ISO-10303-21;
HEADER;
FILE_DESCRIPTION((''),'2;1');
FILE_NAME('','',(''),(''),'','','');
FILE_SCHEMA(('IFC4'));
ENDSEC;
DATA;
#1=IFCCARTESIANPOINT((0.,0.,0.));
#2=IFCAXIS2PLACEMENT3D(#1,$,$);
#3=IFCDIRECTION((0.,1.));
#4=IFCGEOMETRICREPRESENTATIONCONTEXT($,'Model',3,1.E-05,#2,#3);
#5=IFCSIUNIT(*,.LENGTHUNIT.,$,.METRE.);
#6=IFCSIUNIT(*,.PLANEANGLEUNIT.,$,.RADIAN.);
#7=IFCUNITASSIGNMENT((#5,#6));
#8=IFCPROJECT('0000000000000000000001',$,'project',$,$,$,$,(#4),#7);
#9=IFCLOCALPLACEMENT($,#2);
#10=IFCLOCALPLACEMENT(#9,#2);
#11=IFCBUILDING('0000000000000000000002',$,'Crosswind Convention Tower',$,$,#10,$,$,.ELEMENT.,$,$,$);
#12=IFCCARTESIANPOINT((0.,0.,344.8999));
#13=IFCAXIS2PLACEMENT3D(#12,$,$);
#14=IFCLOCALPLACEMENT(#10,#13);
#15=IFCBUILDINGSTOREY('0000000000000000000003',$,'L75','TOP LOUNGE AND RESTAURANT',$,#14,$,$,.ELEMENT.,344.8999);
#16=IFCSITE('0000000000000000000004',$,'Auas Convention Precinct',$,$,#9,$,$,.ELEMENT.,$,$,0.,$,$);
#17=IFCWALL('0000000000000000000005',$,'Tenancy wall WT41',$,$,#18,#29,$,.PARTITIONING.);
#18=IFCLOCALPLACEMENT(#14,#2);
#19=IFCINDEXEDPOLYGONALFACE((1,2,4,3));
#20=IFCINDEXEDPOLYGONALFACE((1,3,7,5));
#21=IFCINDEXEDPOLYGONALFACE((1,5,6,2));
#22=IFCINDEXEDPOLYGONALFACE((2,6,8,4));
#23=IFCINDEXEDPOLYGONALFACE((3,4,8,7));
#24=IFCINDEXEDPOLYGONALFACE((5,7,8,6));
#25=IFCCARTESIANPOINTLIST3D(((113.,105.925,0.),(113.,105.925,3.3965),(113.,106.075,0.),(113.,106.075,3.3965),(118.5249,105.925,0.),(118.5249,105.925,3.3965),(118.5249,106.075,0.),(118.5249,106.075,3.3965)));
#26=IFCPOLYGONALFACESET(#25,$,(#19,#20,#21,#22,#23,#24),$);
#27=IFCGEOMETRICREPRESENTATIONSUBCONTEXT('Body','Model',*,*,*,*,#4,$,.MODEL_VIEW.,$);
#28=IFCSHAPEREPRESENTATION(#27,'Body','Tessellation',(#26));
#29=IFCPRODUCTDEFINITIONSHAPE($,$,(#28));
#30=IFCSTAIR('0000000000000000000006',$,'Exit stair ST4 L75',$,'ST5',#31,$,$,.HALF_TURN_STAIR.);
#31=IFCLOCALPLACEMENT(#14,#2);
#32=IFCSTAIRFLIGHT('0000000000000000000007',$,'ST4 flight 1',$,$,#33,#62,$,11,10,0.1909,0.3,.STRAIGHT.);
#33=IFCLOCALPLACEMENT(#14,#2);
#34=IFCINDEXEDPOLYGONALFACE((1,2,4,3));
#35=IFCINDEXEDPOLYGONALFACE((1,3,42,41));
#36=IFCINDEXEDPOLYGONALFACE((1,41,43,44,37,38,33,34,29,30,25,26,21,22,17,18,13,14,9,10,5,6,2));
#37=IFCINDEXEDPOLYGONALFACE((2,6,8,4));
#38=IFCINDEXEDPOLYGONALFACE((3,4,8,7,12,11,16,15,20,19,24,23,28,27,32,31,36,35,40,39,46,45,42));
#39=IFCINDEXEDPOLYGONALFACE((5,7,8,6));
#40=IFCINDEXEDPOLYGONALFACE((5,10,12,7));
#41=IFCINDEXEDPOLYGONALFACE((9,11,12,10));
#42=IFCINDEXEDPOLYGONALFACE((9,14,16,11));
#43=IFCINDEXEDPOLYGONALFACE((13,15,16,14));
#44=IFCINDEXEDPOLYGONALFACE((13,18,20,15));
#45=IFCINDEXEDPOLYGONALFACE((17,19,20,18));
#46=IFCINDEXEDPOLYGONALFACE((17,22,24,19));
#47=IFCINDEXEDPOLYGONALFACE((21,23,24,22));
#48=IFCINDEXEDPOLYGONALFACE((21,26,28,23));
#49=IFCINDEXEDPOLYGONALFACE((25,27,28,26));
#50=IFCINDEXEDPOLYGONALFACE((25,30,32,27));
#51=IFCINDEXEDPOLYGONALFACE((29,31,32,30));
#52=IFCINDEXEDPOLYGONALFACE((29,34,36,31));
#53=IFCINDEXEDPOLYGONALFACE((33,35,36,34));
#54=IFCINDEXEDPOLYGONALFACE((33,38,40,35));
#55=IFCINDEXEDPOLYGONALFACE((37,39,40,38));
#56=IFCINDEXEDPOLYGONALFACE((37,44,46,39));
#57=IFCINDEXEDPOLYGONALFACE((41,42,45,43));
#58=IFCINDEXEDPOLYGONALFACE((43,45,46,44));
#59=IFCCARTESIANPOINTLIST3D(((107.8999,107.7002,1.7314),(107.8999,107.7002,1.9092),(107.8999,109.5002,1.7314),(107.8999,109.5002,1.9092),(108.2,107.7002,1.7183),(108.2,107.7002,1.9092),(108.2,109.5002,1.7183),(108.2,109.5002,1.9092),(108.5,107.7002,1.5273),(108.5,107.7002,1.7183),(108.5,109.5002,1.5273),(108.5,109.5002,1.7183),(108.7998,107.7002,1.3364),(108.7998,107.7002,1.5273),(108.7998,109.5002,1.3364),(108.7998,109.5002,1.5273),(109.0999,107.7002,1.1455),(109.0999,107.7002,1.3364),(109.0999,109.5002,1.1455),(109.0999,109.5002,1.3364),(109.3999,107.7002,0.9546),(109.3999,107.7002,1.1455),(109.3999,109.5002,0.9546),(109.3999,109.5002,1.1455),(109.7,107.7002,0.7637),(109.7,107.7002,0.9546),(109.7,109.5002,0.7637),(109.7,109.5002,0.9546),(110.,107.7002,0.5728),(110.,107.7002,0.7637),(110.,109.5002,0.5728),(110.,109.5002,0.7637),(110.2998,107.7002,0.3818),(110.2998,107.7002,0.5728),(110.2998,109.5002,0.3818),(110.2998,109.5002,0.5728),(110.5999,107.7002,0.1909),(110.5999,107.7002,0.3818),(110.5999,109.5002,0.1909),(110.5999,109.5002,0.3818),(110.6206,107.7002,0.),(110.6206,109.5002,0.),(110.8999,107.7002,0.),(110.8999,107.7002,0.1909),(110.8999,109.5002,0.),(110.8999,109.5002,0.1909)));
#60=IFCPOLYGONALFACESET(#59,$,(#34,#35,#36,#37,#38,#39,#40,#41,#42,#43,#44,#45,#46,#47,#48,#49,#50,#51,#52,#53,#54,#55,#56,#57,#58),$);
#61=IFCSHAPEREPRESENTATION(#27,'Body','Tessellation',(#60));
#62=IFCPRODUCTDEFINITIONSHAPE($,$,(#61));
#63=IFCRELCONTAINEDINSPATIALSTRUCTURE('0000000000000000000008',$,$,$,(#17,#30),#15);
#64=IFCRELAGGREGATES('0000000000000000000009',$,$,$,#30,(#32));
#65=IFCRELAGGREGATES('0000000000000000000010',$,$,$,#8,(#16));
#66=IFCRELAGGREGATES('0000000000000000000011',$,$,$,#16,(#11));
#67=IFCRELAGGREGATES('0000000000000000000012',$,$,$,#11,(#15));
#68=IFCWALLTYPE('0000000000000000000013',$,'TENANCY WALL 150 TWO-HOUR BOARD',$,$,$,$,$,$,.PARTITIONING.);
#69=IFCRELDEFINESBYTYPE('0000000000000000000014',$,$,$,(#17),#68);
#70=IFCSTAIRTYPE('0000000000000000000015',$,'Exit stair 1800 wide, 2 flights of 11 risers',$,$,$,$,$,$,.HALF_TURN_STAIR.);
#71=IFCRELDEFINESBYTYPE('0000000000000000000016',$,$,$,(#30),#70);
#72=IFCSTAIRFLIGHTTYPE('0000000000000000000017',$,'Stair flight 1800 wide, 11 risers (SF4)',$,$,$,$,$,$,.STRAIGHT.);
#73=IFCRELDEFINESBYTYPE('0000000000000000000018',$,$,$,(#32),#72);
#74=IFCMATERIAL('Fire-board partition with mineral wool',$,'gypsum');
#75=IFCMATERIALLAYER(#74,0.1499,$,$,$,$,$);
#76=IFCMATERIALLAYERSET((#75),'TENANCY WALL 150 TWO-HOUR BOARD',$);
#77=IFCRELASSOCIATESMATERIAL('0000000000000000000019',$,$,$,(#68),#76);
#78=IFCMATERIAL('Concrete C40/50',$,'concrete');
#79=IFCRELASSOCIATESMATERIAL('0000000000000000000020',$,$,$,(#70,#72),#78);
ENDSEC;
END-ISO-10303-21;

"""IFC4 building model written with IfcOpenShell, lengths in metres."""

from ifc_helpers import new_model, si_unit, direction, frame, frame_2d, origin, place, context, subcontext, project, spatial, polyline, rectangle, outline, extrude, material, layer, layer_set, type_object, element, aggregate, save


model = new_model("IFC4")

# Units and contexts
model_context = context("Model", 3, precision=1e-05, world=origin(), true_north=direction((0.0, 1.0)))
body_context = subcontext(model_context, "Body", "Model", "MODEL_VIEW")
ifc_project = project(units=[si_unit("LENGTHUNIT", "METRE"), si_unit("PLANEANGLEUNIT", "RADIAN")], contexts=[model_context])

# Site, building, storey
site_placement = place(None, origin())
site = spatial("IfcSite", under=ifc_project, at=site_placement, Name="Auas Convention Precinct", CompositionType="ELEMENT", RefElevation=0.0)
building_placement = place(site_placement, origin())
building = spatial("IfcBuilding", under=site, at=building_placement, Name="Crosswind Convention Tower", CompositionType="ELEMENT")
storey_placement = place(building_placement, frame((0.0, 0.0, 344.8999)))
storey = spatial("IfcBuildingStorey", under=building, at=storey_placement, Name="L75", Description="TOP LOUNGE AND RESTAURANT", CompositionType="ELEMENT", Elevation=344.8999)

# Shared definitions
ifc_material_1 = material(Name="Fire-board partition with mineral wool", Category="gypsum")
ifc_layer_1 = layer(ifc_material_1, 0.1499)
ifc_layer_set_1 = layer_set([ifc_layer_1], Name="TENANCY WALL 150 TWO-HOUR BOARD")
wall_type_1 = type_object("IfcWallType", Name="TENANCY WALL 150 TWO-HOUR BOARD", PredefinedType="PARTITIONING", material=ifc_layer_set_1)

# Wall
wall_1_placement = place(storey_placement, frame((113.0, 106.0, 0.0), z_axis=(0.0, 0.0, 1.0), x_axis=(1.0, 0.0, 0.0)))
element("IfcWall", 1, at=wall_1_placement, inside=storey, type_object=wall_type_1, Name="Tenancy wall WT41", PredefinedType="PARTITIONING", context=body_context, shape_type="SweptSolid", body=[
    extrude(rectangle(XDim=5.5249, YDim=0.1499, at=frame_2d((2.7625, 0.0))), origin(), (0.0, 0.0, 1.0), 3.3965),
])

# Stair, stair flight
ifc_material_2 = material(Name="Concrete C40/50", Category="concrete")
stair_type = type_object("IfcStairType", Name="Exit stair 1800 wide, 2 flights of 11 risers", PredefinedType="HALF_TURN_STAIR", material=ifc_material_2)
stair_placement = place(storey_placement, origin())
stair = element("IfcStair", 2, at=stair_placement, inside=storey, type_object=stair_type, Name="Exit stair ST4 L75", ObjectType="ST5", PredefinedType="HALF_TURN_STAIR")
stair_flight_type = type_object("IfcStairFlightType", Name="Stair flight 1800 wide, 11 risers (SF4)", PredefinedType="STRAIGHT", material=ifc_material_2)
stair_flight_placement = place(storey_placement, frame((110.8999, 108.6001, 0.0), z_axis=(0.0, 0.0, 1.0), x_axis=(-1.0, 0.0, 0.0)))
stair_flight = element("IfcStairFlight", 3, at=stair_flight_placement, type_object=stair_flight_type, Name="ST4 flight 1", NumberOfRisers=11, NumberOfTreads=10, PredefinedType="STRAIGHT", RiserHeight=0.1909, TreadLength=0.3, context=body_context, shape_type="SweptSolid", body=[
    extrude(outline(polyline([(0.0, 0.0), (0.0, 0.1909), (0.3, 0.1909), (0.3, 0.3818), (0.6001, 0.3818), (0.6001, 0.5728), (0.8999, 0.5728), (0.8999, 0.7637), (1.2, 0.7637), (1.2, 0.9546), (1.5, 0.9546), (1.5, 1.1455), (1.8, 1.1455), (1.8, 1.3364), (2.1001, 1.3364), (2.1001, 1.5273), (2.3999, 1.5273), (2.3999, 1.7183), (2.7, 1.7183), (2.7, 1.9092), (3.0, 1.9092), (3.0, 2.1001), (3.0, 1.7314), (0.2793, 0.0), (0.0, 0.0)])), frame((0.0, 0.8999, 0.0), z_axis=(0.0, -1.0, 0.0), x_axis=(1.0, 0.0, 0.0)), (0.0, 0.0, 1.0), 1.8),
])
aggregate(stair, [stair_flight])

save(model, "model.ifc")
